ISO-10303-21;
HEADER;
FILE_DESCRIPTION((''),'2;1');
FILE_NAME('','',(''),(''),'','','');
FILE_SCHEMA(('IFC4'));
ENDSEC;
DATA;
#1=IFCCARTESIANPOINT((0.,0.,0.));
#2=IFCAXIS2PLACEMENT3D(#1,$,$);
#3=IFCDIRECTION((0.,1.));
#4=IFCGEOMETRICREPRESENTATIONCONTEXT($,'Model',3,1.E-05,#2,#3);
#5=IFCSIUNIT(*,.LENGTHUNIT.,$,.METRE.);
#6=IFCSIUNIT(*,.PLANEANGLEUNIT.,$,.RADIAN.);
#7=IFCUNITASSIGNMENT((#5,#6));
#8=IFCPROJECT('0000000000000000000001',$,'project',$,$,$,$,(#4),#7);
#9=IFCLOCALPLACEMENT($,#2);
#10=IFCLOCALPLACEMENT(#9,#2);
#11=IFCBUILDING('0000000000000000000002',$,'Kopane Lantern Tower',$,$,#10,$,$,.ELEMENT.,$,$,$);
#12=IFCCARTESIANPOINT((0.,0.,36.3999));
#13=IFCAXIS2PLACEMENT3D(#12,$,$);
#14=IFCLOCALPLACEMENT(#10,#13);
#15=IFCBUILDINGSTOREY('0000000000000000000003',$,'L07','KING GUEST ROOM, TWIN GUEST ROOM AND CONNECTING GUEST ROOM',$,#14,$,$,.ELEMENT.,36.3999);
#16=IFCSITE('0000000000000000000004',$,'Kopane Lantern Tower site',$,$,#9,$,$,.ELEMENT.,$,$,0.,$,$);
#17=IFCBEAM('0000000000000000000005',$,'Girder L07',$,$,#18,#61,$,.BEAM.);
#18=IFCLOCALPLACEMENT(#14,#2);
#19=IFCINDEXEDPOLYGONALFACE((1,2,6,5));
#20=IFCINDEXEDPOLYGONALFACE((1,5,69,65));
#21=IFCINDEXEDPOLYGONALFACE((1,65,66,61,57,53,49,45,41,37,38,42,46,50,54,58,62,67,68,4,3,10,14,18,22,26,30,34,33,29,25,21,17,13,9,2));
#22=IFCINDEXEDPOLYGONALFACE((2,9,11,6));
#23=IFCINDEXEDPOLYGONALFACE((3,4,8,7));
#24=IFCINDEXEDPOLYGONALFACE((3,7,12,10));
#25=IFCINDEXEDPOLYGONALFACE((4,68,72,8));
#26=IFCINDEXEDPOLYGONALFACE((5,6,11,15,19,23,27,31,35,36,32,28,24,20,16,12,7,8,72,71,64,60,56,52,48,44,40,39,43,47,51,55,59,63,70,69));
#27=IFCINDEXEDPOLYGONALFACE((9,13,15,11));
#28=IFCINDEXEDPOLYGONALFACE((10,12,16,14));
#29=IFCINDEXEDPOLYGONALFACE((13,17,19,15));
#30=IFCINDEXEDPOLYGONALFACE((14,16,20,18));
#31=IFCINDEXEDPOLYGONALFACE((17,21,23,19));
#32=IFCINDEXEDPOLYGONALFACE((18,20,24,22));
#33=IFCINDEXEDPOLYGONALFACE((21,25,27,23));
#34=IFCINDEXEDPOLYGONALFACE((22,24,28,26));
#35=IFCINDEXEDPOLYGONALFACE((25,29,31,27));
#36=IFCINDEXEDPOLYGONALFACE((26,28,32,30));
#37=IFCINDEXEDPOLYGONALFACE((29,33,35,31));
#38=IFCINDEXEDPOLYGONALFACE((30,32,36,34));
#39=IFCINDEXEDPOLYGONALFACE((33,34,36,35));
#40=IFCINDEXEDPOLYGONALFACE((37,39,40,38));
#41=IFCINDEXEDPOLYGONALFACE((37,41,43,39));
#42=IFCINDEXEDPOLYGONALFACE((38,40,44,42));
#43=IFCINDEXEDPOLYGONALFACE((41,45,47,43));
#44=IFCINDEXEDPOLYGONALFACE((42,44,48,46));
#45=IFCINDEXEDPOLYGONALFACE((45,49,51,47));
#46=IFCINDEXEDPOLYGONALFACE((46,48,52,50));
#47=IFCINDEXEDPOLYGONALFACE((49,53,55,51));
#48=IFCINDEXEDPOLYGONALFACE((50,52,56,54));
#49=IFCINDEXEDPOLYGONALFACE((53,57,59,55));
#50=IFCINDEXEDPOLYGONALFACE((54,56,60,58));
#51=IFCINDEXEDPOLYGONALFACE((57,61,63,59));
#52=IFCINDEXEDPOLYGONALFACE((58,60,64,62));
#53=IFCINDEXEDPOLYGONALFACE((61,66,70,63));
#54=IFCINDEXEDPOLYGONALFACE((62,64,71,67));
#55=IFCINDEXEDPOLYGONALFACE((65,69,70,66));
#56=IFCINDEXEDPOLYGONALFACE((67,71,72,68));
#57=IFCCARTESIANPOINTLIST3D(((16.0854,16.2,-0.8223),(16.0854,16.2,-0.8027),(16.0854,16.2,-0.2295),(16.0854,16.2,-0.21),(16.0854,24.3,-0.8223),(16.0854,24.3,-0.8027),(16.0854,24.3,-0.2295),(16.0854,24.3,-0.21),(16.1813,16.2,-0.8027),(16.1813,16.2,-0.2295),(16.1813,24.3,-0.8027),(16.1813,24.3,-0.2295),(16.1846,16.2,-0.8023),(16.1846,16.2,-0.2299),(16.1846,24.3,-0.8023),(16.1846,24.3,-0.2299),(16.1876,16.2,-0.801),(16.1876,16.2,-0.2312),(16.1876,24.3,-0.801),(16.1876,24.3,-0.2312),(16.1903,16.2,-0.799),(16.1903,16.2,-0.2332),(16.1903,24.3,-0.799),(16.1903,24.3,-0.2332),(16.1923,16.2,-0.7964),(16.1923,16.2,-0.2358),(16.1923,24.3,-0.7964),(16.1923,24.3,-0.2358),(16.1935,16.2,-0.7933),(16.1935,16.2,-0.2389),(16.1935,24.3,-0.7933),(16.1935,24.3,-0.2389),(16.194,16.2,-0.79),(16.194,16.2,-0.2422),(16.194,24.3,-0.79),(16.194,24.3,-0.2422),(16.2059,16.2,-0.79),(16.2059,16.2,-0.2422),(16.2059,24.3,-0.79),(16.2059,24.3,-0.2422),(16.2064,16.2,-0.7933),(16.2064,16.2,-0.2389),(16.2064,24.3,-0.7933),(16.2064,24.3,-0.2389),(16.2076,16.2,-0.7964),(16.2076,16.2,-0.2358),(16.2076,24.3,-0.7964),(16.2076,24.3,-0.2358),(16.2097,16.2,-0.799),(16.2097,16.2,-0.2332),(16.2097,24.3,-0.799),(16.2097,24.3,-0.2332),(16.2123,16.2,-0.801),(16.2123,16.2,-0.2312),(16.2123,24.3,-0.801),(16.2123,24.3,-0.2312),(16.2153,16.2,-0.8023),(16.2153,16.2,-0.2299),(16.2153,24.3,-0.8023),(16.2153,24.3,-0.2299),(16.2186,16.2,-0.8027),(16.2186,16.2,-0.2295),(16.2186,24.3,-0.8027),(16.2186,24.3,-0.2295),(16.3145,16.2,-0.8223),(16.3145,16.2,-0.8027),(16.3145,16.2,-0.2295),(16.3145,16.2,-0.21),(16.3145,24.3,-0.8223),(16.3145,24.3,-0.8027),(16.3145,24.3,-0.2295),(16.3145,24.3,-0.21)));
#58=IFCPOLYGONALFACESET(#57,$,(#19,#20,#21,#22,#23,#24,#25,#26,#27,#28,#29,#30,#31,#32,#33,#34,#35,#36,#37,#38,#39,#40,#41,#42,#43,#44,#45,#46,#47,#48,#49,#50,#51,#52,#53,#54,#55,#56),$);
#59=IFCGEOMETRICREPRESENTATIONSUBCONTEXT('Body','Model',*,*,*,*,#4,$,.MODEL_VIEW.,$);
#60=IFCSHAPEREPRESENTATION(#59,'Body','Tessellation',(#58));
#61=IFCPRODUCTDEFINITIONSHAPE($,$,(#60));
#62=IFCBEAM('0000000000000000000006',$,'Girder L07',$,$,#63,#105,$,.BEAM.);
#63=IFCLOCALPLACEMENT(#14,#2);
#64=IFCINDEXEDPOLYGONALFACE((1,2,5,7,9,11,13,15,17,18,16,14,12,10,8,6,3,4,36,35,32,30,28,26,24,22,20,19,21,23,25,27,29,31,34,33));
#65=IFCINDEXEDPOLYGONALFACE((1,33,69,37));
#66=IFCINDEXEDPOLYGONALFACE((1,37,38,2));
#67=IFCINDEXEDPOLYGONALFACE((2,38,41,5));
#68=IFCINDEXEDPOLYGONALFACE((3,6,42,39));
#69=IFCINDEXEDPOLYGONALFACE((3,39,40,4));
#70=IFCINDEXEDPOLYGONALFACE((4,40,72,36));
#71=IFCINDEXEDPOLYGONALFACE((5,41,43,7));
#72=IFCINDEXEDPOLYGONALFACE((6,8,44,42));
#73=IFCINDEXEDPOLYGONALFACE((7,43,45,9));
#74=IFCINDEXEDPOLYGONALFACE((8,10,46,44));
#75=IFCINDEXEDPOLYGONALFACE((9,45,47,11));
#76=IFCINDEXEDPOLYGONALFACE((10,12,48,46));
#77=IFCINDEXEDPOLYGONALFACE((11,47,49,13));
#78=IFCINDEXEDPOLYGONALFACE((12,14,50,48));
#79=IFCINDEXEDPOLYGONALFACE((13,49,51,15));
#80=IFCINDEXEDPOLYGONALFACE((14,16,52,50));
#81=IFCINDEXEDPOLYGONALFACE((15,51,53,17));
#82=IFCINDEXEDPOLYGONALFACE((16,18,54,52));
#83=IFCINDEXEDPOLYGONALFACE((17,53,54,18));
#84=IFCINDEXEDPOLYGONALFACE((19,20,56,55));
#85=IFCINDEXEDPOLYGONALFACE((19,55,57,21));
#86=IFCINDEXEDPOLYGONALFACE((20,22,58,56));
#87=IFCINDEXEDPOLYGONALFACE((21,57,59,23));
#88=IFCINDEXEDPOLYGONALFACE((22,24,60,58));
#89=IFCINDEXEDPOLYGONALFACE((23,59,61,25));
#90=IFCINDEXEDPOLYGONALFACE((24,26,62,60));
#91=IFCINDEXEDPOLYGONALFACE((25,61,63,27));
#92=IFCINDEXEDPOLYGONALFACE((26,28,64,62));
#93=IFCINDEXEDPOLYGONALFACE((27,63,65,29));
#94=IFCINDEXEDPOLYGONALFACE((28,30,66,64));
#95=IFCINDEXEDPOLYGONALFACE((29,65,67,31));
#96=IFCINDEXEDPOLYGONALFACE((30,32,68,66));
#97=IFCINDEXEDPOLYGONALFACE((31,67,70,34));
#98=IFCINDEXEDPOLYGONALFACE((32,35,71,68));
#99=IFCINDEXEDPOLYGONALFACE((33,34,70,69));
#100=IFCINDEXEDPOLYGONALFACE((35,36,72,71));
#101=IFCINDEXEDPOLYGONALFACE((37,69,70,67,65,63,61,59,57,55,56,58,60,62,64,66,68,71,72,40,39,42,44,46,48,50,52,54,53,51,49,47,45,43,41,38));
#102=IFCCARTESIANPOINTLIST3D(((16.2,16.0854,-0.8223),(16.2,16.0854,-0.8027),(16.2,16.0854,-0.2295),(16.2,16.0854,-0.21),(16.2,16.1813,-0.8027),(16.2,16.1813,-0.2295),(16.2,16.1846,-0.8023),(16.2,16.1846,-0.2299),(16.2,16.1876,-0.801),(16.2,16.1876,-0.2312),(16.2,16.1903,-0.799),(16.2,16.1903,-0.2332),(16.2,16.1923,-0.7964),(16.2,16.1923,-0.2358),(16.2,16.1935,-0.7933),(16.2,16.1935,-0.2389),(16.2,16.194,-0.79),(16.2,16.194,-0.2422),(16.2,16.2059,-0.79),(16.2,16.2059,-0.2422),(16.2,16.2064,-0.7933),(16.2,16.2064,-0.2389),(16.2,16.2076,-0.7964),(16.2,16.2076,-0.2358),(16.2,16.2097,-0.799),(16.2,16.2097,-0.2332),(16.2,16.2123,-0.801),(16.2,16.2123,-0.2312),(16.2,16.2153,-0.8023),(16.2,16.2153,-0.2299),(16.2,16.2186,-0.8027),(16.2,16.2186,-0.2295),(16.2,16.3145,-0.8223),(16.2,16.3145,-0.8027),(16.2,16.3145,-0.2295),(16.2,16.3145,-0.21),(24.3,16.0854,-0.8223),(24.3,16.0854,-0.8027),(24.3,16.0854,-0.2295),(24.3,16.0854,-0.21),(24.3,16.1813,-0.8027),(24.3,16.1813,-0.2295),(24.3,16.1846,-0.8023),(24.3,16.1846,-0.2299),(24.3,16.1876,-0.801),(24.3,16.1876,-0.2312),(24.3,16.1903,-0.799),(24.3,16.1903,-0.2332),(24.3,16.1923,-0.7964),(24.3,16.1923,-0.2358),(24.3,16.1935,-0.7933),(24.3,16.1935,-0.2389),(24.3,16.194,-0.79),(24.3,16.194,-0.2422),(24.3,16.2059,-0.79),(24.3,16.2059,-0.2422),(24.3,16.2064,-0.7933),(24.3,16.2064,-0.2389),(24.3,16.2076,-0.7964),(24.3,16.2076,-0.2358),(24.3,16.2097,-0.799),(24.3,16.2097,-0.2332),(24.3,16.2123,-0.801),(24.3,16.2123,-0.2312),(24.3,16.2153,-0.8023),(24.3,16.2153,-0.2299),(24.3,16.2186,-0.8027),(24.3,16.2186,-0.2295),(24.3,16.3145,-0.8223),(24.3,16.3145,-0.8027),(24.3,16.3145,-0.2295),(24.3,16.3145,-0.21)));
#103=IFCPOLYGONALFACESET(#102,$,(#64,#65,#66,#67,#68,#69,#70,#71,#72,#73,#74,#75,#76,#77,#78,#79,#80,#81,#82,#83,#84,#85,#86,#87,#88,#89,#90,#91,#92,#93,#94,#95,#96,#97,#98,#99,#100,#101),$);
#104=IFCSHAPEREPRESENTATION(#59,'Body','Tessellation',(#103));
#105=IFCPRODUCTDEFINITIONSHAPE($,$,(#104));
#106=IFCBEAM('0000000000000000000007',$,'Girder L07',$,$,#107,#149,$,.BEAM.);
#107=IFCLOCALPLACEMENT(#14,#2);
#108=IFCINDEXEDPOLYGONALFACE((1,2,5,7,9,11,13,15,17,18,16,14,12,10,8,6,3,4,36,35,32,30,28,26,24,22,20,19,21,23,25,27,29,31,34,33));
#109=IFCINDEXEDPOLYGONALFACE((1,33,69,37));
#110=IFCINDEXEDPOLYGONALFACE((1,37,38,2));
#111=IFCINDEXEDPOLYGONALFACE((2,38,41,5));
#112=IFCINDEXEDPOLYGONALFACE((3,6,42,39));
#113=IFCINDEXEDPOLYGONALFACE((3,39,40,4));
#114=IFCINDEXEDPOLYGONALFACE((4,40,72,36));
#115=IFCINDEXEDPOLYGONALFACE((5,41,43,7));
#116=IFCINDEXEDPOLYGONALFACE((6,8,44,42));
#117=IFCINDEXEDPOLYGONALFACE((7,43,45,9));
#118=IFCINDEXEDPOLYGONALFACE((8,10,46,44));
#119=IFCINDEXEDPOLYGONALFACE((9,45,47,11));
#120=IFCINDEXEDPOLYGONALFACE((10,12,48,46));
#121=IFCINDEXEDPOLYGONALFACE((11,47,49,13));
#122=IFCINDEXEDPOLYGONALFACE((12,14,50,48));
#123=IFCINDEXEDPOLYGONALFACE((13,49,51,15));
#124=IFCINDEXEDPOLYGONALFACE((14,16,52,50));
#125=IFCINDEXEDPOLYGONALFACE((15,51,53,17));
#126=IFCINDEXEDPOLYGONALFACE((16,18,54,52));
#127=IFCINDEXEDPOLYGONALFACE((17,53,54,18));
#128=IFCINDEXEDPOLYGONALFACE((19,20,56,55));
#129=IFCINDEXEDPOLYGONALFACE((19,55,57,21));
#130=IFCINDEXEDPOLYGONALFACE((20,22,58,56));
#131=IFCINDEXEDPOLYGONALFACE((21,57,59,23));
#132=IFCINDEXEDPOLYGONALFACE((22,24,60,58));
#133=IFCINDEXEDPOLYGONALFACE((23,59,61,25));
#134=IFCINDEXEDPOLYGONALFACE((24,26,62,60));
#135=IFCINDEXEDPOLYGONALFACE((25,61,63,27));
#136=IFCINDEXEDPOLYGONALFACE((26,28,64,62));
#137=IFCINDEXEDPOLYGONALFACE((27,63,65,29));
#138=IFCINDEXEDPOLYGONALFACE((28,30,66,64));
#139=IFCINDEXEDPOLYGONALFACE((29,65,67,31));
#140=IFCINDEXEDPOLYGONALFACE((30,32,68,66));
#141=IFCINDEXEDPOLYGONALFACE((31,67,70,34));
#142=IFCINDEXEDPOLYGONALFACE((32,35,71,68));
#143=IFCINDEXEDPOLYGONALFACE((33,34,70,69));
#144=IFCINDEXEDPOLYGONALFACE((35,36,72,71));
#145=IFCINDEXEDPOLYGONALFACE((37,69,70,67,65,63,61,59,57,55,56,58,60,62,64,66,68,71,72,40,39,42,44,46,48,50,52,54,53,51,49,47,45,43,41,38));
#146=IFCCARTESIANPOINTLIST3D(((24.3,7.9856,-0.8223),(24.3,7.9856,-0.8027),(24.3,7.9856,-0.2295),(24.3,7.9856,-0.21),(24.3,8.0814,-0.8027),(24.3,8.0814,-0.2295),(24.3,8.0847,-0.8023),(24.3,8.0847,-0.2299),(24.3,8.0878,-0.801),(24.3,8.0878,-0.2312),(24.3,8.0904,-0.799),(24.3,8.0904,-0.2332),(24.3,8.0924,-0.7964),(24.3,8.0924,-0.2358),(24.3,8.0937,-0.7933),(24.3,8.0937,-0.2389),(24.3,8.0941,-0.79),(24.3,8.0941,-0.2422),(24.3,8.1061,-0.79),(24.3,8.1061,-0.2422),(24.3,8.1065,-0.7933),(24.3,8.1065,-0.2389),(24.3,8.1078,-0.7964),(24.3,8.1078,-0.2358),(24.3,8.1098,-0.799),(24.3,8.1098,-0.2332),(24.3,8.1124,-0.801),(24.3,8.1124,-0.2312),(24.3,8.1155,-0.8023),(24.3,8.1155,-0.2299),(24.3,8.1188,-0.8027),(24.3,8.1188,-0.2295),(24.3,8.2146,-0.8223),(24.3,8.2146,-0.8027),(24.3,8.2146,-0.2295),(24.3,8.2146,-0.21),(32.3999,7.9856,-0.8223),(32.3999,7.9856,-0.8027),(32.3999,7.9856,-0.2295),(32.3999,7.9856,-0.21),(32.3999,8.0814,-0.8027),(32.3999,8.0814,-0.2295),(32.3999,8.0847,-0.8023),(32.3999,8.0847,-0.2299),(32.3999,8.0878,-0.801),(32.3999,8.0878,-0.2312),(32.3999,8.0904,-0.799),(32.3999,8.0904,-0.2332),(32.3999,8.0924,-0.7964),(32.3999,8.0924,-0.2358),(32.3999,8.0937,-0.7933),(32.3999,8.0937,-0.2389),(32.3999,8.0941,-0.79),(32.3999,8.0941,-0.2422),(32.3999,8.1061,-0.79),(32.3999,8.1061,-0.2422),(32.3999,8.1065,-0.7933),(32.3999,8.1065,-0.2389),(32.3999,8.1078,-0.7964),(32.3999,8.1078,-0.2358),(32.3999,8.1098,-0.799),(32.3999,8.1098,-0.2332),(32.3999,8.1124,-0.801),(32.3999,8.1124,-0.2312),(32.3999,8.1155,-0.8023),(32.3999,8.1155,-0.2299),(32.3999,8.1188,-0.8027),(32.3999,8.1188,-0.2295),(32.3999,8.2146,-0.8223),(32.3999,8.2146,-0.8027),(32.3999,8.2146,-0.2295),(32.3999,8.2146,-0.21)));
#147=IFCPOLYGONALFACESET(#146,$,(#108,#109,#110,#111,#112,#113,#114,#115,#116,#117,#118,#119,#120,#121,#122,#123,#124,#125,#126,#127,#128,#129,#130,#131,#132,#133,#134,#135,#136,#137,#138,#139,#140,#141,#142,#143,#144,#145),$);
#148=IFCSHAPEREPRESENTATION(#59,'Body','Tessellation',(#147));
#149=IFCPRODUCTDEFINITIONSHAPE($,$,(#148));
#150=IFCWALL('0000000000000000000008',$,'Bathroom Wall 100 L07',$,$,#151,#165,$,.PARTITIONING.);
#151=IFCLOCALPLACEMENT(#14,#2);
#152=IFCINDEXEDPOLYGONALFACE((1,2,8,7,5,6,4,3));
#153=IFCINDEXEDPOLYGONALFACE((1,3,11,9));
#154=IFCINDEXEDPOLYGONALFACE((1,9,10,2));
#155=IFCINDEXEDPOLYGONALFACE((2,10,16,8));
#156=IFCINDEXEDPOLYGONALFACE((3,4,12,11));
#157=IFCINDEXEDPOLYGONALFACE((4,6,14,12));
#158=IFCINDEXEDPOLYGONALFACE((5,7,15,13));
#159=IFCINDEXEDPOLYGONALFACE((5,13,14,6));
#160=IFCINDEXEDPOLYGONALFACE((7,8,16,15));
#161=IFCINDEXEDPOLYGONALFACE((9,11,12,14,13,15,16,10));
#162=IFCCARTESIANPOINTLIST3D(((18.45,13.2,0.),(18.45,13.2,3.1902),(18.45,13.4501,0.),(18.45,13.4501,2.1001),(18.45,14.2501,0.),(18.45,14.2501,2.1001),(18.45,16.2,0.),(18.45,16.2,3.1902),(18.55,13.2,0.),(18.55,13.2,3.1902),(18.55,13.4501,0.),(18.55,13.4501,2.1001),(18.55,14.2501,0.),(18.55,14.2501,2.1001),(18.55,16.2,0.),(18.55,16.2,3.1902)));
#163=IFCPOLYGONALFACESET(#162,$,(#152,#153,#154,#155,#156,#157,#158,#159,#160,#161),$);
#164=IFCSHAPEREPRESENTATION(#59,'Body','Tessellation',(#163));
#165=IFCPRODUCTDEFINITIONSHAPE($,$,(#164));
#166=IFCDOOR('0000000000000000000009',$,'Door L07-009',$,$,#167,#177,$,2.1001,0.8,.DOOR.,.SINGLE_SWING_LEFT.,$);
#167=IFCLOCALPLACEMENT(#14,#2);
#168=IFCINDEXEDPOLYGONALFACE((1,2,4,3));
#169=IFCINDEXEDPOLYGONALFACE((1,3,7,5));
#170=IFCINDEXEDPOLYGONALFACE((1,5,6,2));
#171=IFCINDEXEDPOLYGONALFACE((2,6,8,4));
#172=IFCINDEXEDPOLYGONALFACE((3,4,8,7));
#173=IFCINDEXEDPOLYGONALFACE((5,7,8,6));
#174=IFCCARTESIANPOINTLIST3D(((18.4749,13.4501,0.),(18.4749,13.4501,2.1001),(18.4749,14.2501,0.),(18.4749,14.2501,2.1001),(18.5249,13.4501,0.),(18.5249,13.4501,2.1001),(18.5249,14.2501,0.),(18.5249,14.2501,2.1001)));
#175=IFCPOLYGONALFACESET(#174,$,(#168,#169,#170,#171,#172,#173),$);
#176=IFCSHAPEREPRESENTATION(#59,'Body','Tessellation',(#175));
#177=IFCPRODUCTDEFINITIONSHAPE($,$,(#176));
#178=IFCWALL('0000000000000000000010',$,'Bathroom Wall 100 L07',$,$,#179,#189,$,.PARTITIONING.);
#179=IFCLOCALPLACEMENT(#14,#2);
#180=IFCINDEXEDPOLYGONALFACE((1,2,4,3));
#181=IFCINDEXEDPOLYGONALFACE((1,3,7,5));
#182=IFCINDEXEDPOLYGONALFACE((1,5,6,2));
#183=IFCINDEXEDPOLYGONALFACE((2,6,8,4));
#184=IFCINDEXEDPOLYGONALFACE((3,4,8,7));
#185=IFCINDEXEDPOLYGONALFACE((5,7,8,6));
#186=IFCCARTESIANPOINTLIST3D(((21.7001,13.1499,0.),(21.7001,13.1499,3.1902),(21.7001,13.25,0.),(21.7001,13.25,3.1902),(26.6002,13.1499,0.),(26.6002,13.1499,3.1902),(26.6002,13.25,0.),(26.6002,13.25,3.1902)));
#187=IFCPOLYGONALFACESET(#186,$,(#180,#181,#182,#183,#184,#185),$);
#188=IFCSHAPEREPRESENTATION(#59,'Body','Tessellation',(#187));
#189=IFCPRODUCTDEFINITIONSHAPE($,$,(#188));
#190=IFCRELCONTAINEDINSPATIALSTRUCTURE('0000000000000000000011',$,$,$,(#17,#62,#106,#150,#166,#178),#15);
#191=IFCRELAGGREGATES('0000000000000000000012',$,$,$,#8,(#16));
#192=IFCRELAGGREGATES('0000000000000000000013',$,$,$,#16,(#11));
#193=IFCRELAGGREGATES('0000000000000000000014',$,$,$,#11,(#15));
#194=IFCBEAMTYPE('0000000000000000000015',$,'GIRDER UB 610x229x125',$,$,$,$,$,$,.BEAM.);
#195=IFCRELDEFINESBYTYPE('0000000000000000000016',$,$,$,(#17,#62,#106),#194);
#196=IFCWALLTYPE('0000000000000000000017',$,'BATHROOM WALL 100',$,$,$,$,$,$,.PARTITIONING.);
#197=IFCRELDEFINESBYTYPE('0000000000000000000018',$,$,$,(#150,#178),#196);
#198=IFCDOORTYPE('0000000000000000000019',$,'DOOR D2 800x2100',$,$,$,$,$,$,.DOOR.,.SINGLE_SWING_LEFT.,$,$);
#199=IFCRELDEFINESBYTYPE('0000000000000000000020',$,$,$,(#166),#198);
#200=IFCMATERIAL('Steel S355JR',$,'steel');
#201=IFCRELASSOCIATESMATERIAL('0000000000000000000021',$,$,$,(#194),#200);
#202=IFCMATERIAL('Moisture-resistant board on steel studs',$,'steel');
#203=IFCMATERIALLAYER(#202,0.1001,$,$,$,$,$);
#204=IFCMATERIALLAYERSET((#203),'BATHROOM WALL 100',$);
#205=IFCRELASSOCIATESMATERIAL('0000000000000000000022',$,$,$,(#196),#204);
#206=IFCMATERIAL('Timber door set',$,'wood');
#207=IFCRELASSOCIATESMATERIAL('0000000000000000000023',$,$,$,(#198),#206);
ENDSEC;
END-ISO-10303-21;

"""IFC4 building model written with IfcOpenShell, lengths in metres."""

from ifc_helpers import new_model, si_unit, direction, frame, frame_2d, origin, origin_2d, place, context, subcontext, project, spatial, rectangle, i_section, extrude, material, layer, layer_set, material_profile, profile_set, type_object, element, fill, save


model = new_model("IFC4")

# Units and contexts
model_context = context("Model", 3, precision=1e-05, world=origin(), true_north=direction((0.0, 1.0)))
body_context = subcontext(model_context, "Body", "Model", "MODEL_VIEW")
ifc_project = project(units=[si_unit("LENGTHUNIT", "METRE"), si_unit("PLANEANGLEUNIT", "RADIAN")], contexts=[model_context])

# Site, building, storey
site_placement = place(None, origin())
site = spatial("IfcSite", under=ifc_project, at=site_placement, Name="Kopane Lantern Tower site", CompositionType="ELEMENT", RefElevation=0.0)
building_placement = place(site_placement, origin())
building = spatial("IfcBuilding", under=site, at=building_placement, Name="Kopane Lantern Tower", CompositionType="ELEMENT")
storey_placement = place(building_placement, frame((0.0, 0.0, 36.3999)))
storey = spatial("IfcBuildingStorey", under=building, at=storey_placement, Name="L07", Description="KING GUEST ROOM, TWIN GUEST ROOM AND CONNECTING GUEST ROOM", CompositionType="ELEMENT", Elevation=36.3999)

# Beams
ifc_material_1 = material(Name="Steel S355JR", Category="steel")
ifc_material_profile = material_profile(ifc_material_1, i_section(OverallWidth=0.229, OverallDepth=0.6123, WebThickness=0.012, FlangeThickness=0.0195, FilletRadius=0.0127, at=origin_2d()), Name="UB 610x229x125")
ifc_profile_set = profile_set([ifc_material_profile], Name="Steel S355JR")
beam_type = type_object("IfcBeamType", Name="GIRDER UB 610x229x125", PredefinedType="BEAM", material=ifc_profile_set)
for number, where, z_axis, x_axis, name in (
    (1, (16.2, 16.2, -0.5161), (0.0, 1.0, 0.0), (-1.0, 0.0, 0.0), "Girder L07"),
    (2, (16.2, 16.2, -0.5161), (1.0, 0.0, 0.0), (0.0, 1.0, 0.0), "Girder L07"),
):
    element("IfcBeam", number, at=place(storey_placement, frame(where, z_axis=z_axis, x_axis=x_axis)), inside=storey, type_object=beam_type, Name=name, PredefinedType="BEAM", context=body_context, shape_type="SweptSolid", body=[
        extrude(i_section(OverallWidth=0.229, OverallDepth=0.6123, WebThickness=0.012, FlangeThickness=0.0195, FilletRadius=0.0127, at=origin_2d()), origin(), (0.0, 0.0, 1.0), 8.1001),
    ])
beam_placement = place(storey_placement, frame((24.3, 8.1001, -0.5161), z_axis=(1.0, 0.0, 0.0), x_axis=(0.0, 1.0, 0.0)))
element("IfcBeam", 3, at=beam_placement, inside=storey, type_object=beam_type, Name="Girder L07", PredefinedType="BEAM", context=body_context, shape_type="SweptSolid", body=[
    extrude(i_section(OverallWidth=0.229, OverallDepth=0.6123, WebThickness=0.012, FlangeThickness=0.0195, FilletRadius=0.0127, at=origin_2d()), origin(), (0.0, 0.0, 1.0), 8.0999),
])

# Wall, opening, door
ifc_material_2 = material(Name="Moisture-resistant board on steel studs", Category="steel")
ifc_layer_1 = layer(ifc_material_2, 0.1001)
ifc_layer_set_1 = layer_set([ifc_layer_1], Name="BATHROOM WALL 100")
wall_type_1 = type_object("IfcWallType", Name="BATHROOM WALL 100", PredefinedType="PARTITIONING", material=ifc_layer_set_1)
wall_1_placement = place(storey_placement, frame((18.5, 16.2, 0.0), z_axis=(0.0, 0.0, 1.0), x_axis=(0.0, -1.0, 0.0)))
wall_1 = element("IfcWall", 4, at=wall_1_placement, inside=storey, type_object=wall_type_1, Name="Bathroom Wall 100 L07", PredefinedType="PARTITIONING", context=body_context, shape_type="SweptSolid", body=[
    extrude(rectangle(XDim=3.0, YDim=0.1001, at=frame_2d((1.5, 0.0))), origin(), (0.0, 0.0, 1.0), 3.1902),
])
opening_placement = place(wall_1_placement, frame((1.95, 0.0, 0.0)))
opening = element("IfcOpeningElement", 5, at=opening_placement, cuts=wall_1, PredefinedType="OPENING", context=body_context, shape_type="SweptSolid", body=[
    extrude(rectangle(XDim=0.8, YDim=2.1001, at=frame_2d((0.3999, 1.05))), frame((0.0, 0.0601, 0.0), z_axis=(0.0, -1.0, 0.0), x_axis=(1.0, 0.0, 0.0)), (0.0, 0.0, 1.0), 0.1201),
])
ifc_material_3 = material(Name="Timber door set", Category="wood")
door_type = type_object("IfcDoorType", Name="DOOR D2 800x2100", OperationType="SINGLE_SWING_LEFT", PredefinedType="DOOR", material=ifc_material_3)
door_placement = place(opening_placement, origin())
door = element("IfcDoor", 6, at=door_placement, inside=storey, type_object=door_type, Name="Door L07-009", OperationType="SINGLE_SWING_LEFT", OverallHeight=2.1001, OverallWidth=0.8, PredefinedType="DOOR", context=body_context, shape_type="SweptSolid", body=[
    extrude(rectangle(XDim=0.8, YDim=2.1001, at=frame_2d((0.3999, 1.05))), frame((0.0, 0.0249, 0.0), z_axis=(0.0, -1.0, 0.0), x_axis=(1.0, 0.0, 0.0)), (0.0, 0.0, 1.0), 0.05),
])
fill(opening, door)

# Wall
wall_2_placement = place(storey_placement, frame((21.7, 13.2, 0.0), z_axis=(0.0, 0.0, 1.0), x_axis=(1.0, 0.0, 0.0)))
element("IfcWall", 7, at=wall_2_placement, inside=storey, type_object=wall_type_1, Name="Bathroom Wall 100 L07", PredefinedType="PARTITIONING", context=body_context, shape_type="SweptSolid", body=[
    extrude(rectangle(XDim=4.9001, YDim=0.1001, at=frame_2d((2.4502, 0.0))), origin(), (0.0, 0.0, 1.0), 3.1902),
])

save(model, "model.ifc")
